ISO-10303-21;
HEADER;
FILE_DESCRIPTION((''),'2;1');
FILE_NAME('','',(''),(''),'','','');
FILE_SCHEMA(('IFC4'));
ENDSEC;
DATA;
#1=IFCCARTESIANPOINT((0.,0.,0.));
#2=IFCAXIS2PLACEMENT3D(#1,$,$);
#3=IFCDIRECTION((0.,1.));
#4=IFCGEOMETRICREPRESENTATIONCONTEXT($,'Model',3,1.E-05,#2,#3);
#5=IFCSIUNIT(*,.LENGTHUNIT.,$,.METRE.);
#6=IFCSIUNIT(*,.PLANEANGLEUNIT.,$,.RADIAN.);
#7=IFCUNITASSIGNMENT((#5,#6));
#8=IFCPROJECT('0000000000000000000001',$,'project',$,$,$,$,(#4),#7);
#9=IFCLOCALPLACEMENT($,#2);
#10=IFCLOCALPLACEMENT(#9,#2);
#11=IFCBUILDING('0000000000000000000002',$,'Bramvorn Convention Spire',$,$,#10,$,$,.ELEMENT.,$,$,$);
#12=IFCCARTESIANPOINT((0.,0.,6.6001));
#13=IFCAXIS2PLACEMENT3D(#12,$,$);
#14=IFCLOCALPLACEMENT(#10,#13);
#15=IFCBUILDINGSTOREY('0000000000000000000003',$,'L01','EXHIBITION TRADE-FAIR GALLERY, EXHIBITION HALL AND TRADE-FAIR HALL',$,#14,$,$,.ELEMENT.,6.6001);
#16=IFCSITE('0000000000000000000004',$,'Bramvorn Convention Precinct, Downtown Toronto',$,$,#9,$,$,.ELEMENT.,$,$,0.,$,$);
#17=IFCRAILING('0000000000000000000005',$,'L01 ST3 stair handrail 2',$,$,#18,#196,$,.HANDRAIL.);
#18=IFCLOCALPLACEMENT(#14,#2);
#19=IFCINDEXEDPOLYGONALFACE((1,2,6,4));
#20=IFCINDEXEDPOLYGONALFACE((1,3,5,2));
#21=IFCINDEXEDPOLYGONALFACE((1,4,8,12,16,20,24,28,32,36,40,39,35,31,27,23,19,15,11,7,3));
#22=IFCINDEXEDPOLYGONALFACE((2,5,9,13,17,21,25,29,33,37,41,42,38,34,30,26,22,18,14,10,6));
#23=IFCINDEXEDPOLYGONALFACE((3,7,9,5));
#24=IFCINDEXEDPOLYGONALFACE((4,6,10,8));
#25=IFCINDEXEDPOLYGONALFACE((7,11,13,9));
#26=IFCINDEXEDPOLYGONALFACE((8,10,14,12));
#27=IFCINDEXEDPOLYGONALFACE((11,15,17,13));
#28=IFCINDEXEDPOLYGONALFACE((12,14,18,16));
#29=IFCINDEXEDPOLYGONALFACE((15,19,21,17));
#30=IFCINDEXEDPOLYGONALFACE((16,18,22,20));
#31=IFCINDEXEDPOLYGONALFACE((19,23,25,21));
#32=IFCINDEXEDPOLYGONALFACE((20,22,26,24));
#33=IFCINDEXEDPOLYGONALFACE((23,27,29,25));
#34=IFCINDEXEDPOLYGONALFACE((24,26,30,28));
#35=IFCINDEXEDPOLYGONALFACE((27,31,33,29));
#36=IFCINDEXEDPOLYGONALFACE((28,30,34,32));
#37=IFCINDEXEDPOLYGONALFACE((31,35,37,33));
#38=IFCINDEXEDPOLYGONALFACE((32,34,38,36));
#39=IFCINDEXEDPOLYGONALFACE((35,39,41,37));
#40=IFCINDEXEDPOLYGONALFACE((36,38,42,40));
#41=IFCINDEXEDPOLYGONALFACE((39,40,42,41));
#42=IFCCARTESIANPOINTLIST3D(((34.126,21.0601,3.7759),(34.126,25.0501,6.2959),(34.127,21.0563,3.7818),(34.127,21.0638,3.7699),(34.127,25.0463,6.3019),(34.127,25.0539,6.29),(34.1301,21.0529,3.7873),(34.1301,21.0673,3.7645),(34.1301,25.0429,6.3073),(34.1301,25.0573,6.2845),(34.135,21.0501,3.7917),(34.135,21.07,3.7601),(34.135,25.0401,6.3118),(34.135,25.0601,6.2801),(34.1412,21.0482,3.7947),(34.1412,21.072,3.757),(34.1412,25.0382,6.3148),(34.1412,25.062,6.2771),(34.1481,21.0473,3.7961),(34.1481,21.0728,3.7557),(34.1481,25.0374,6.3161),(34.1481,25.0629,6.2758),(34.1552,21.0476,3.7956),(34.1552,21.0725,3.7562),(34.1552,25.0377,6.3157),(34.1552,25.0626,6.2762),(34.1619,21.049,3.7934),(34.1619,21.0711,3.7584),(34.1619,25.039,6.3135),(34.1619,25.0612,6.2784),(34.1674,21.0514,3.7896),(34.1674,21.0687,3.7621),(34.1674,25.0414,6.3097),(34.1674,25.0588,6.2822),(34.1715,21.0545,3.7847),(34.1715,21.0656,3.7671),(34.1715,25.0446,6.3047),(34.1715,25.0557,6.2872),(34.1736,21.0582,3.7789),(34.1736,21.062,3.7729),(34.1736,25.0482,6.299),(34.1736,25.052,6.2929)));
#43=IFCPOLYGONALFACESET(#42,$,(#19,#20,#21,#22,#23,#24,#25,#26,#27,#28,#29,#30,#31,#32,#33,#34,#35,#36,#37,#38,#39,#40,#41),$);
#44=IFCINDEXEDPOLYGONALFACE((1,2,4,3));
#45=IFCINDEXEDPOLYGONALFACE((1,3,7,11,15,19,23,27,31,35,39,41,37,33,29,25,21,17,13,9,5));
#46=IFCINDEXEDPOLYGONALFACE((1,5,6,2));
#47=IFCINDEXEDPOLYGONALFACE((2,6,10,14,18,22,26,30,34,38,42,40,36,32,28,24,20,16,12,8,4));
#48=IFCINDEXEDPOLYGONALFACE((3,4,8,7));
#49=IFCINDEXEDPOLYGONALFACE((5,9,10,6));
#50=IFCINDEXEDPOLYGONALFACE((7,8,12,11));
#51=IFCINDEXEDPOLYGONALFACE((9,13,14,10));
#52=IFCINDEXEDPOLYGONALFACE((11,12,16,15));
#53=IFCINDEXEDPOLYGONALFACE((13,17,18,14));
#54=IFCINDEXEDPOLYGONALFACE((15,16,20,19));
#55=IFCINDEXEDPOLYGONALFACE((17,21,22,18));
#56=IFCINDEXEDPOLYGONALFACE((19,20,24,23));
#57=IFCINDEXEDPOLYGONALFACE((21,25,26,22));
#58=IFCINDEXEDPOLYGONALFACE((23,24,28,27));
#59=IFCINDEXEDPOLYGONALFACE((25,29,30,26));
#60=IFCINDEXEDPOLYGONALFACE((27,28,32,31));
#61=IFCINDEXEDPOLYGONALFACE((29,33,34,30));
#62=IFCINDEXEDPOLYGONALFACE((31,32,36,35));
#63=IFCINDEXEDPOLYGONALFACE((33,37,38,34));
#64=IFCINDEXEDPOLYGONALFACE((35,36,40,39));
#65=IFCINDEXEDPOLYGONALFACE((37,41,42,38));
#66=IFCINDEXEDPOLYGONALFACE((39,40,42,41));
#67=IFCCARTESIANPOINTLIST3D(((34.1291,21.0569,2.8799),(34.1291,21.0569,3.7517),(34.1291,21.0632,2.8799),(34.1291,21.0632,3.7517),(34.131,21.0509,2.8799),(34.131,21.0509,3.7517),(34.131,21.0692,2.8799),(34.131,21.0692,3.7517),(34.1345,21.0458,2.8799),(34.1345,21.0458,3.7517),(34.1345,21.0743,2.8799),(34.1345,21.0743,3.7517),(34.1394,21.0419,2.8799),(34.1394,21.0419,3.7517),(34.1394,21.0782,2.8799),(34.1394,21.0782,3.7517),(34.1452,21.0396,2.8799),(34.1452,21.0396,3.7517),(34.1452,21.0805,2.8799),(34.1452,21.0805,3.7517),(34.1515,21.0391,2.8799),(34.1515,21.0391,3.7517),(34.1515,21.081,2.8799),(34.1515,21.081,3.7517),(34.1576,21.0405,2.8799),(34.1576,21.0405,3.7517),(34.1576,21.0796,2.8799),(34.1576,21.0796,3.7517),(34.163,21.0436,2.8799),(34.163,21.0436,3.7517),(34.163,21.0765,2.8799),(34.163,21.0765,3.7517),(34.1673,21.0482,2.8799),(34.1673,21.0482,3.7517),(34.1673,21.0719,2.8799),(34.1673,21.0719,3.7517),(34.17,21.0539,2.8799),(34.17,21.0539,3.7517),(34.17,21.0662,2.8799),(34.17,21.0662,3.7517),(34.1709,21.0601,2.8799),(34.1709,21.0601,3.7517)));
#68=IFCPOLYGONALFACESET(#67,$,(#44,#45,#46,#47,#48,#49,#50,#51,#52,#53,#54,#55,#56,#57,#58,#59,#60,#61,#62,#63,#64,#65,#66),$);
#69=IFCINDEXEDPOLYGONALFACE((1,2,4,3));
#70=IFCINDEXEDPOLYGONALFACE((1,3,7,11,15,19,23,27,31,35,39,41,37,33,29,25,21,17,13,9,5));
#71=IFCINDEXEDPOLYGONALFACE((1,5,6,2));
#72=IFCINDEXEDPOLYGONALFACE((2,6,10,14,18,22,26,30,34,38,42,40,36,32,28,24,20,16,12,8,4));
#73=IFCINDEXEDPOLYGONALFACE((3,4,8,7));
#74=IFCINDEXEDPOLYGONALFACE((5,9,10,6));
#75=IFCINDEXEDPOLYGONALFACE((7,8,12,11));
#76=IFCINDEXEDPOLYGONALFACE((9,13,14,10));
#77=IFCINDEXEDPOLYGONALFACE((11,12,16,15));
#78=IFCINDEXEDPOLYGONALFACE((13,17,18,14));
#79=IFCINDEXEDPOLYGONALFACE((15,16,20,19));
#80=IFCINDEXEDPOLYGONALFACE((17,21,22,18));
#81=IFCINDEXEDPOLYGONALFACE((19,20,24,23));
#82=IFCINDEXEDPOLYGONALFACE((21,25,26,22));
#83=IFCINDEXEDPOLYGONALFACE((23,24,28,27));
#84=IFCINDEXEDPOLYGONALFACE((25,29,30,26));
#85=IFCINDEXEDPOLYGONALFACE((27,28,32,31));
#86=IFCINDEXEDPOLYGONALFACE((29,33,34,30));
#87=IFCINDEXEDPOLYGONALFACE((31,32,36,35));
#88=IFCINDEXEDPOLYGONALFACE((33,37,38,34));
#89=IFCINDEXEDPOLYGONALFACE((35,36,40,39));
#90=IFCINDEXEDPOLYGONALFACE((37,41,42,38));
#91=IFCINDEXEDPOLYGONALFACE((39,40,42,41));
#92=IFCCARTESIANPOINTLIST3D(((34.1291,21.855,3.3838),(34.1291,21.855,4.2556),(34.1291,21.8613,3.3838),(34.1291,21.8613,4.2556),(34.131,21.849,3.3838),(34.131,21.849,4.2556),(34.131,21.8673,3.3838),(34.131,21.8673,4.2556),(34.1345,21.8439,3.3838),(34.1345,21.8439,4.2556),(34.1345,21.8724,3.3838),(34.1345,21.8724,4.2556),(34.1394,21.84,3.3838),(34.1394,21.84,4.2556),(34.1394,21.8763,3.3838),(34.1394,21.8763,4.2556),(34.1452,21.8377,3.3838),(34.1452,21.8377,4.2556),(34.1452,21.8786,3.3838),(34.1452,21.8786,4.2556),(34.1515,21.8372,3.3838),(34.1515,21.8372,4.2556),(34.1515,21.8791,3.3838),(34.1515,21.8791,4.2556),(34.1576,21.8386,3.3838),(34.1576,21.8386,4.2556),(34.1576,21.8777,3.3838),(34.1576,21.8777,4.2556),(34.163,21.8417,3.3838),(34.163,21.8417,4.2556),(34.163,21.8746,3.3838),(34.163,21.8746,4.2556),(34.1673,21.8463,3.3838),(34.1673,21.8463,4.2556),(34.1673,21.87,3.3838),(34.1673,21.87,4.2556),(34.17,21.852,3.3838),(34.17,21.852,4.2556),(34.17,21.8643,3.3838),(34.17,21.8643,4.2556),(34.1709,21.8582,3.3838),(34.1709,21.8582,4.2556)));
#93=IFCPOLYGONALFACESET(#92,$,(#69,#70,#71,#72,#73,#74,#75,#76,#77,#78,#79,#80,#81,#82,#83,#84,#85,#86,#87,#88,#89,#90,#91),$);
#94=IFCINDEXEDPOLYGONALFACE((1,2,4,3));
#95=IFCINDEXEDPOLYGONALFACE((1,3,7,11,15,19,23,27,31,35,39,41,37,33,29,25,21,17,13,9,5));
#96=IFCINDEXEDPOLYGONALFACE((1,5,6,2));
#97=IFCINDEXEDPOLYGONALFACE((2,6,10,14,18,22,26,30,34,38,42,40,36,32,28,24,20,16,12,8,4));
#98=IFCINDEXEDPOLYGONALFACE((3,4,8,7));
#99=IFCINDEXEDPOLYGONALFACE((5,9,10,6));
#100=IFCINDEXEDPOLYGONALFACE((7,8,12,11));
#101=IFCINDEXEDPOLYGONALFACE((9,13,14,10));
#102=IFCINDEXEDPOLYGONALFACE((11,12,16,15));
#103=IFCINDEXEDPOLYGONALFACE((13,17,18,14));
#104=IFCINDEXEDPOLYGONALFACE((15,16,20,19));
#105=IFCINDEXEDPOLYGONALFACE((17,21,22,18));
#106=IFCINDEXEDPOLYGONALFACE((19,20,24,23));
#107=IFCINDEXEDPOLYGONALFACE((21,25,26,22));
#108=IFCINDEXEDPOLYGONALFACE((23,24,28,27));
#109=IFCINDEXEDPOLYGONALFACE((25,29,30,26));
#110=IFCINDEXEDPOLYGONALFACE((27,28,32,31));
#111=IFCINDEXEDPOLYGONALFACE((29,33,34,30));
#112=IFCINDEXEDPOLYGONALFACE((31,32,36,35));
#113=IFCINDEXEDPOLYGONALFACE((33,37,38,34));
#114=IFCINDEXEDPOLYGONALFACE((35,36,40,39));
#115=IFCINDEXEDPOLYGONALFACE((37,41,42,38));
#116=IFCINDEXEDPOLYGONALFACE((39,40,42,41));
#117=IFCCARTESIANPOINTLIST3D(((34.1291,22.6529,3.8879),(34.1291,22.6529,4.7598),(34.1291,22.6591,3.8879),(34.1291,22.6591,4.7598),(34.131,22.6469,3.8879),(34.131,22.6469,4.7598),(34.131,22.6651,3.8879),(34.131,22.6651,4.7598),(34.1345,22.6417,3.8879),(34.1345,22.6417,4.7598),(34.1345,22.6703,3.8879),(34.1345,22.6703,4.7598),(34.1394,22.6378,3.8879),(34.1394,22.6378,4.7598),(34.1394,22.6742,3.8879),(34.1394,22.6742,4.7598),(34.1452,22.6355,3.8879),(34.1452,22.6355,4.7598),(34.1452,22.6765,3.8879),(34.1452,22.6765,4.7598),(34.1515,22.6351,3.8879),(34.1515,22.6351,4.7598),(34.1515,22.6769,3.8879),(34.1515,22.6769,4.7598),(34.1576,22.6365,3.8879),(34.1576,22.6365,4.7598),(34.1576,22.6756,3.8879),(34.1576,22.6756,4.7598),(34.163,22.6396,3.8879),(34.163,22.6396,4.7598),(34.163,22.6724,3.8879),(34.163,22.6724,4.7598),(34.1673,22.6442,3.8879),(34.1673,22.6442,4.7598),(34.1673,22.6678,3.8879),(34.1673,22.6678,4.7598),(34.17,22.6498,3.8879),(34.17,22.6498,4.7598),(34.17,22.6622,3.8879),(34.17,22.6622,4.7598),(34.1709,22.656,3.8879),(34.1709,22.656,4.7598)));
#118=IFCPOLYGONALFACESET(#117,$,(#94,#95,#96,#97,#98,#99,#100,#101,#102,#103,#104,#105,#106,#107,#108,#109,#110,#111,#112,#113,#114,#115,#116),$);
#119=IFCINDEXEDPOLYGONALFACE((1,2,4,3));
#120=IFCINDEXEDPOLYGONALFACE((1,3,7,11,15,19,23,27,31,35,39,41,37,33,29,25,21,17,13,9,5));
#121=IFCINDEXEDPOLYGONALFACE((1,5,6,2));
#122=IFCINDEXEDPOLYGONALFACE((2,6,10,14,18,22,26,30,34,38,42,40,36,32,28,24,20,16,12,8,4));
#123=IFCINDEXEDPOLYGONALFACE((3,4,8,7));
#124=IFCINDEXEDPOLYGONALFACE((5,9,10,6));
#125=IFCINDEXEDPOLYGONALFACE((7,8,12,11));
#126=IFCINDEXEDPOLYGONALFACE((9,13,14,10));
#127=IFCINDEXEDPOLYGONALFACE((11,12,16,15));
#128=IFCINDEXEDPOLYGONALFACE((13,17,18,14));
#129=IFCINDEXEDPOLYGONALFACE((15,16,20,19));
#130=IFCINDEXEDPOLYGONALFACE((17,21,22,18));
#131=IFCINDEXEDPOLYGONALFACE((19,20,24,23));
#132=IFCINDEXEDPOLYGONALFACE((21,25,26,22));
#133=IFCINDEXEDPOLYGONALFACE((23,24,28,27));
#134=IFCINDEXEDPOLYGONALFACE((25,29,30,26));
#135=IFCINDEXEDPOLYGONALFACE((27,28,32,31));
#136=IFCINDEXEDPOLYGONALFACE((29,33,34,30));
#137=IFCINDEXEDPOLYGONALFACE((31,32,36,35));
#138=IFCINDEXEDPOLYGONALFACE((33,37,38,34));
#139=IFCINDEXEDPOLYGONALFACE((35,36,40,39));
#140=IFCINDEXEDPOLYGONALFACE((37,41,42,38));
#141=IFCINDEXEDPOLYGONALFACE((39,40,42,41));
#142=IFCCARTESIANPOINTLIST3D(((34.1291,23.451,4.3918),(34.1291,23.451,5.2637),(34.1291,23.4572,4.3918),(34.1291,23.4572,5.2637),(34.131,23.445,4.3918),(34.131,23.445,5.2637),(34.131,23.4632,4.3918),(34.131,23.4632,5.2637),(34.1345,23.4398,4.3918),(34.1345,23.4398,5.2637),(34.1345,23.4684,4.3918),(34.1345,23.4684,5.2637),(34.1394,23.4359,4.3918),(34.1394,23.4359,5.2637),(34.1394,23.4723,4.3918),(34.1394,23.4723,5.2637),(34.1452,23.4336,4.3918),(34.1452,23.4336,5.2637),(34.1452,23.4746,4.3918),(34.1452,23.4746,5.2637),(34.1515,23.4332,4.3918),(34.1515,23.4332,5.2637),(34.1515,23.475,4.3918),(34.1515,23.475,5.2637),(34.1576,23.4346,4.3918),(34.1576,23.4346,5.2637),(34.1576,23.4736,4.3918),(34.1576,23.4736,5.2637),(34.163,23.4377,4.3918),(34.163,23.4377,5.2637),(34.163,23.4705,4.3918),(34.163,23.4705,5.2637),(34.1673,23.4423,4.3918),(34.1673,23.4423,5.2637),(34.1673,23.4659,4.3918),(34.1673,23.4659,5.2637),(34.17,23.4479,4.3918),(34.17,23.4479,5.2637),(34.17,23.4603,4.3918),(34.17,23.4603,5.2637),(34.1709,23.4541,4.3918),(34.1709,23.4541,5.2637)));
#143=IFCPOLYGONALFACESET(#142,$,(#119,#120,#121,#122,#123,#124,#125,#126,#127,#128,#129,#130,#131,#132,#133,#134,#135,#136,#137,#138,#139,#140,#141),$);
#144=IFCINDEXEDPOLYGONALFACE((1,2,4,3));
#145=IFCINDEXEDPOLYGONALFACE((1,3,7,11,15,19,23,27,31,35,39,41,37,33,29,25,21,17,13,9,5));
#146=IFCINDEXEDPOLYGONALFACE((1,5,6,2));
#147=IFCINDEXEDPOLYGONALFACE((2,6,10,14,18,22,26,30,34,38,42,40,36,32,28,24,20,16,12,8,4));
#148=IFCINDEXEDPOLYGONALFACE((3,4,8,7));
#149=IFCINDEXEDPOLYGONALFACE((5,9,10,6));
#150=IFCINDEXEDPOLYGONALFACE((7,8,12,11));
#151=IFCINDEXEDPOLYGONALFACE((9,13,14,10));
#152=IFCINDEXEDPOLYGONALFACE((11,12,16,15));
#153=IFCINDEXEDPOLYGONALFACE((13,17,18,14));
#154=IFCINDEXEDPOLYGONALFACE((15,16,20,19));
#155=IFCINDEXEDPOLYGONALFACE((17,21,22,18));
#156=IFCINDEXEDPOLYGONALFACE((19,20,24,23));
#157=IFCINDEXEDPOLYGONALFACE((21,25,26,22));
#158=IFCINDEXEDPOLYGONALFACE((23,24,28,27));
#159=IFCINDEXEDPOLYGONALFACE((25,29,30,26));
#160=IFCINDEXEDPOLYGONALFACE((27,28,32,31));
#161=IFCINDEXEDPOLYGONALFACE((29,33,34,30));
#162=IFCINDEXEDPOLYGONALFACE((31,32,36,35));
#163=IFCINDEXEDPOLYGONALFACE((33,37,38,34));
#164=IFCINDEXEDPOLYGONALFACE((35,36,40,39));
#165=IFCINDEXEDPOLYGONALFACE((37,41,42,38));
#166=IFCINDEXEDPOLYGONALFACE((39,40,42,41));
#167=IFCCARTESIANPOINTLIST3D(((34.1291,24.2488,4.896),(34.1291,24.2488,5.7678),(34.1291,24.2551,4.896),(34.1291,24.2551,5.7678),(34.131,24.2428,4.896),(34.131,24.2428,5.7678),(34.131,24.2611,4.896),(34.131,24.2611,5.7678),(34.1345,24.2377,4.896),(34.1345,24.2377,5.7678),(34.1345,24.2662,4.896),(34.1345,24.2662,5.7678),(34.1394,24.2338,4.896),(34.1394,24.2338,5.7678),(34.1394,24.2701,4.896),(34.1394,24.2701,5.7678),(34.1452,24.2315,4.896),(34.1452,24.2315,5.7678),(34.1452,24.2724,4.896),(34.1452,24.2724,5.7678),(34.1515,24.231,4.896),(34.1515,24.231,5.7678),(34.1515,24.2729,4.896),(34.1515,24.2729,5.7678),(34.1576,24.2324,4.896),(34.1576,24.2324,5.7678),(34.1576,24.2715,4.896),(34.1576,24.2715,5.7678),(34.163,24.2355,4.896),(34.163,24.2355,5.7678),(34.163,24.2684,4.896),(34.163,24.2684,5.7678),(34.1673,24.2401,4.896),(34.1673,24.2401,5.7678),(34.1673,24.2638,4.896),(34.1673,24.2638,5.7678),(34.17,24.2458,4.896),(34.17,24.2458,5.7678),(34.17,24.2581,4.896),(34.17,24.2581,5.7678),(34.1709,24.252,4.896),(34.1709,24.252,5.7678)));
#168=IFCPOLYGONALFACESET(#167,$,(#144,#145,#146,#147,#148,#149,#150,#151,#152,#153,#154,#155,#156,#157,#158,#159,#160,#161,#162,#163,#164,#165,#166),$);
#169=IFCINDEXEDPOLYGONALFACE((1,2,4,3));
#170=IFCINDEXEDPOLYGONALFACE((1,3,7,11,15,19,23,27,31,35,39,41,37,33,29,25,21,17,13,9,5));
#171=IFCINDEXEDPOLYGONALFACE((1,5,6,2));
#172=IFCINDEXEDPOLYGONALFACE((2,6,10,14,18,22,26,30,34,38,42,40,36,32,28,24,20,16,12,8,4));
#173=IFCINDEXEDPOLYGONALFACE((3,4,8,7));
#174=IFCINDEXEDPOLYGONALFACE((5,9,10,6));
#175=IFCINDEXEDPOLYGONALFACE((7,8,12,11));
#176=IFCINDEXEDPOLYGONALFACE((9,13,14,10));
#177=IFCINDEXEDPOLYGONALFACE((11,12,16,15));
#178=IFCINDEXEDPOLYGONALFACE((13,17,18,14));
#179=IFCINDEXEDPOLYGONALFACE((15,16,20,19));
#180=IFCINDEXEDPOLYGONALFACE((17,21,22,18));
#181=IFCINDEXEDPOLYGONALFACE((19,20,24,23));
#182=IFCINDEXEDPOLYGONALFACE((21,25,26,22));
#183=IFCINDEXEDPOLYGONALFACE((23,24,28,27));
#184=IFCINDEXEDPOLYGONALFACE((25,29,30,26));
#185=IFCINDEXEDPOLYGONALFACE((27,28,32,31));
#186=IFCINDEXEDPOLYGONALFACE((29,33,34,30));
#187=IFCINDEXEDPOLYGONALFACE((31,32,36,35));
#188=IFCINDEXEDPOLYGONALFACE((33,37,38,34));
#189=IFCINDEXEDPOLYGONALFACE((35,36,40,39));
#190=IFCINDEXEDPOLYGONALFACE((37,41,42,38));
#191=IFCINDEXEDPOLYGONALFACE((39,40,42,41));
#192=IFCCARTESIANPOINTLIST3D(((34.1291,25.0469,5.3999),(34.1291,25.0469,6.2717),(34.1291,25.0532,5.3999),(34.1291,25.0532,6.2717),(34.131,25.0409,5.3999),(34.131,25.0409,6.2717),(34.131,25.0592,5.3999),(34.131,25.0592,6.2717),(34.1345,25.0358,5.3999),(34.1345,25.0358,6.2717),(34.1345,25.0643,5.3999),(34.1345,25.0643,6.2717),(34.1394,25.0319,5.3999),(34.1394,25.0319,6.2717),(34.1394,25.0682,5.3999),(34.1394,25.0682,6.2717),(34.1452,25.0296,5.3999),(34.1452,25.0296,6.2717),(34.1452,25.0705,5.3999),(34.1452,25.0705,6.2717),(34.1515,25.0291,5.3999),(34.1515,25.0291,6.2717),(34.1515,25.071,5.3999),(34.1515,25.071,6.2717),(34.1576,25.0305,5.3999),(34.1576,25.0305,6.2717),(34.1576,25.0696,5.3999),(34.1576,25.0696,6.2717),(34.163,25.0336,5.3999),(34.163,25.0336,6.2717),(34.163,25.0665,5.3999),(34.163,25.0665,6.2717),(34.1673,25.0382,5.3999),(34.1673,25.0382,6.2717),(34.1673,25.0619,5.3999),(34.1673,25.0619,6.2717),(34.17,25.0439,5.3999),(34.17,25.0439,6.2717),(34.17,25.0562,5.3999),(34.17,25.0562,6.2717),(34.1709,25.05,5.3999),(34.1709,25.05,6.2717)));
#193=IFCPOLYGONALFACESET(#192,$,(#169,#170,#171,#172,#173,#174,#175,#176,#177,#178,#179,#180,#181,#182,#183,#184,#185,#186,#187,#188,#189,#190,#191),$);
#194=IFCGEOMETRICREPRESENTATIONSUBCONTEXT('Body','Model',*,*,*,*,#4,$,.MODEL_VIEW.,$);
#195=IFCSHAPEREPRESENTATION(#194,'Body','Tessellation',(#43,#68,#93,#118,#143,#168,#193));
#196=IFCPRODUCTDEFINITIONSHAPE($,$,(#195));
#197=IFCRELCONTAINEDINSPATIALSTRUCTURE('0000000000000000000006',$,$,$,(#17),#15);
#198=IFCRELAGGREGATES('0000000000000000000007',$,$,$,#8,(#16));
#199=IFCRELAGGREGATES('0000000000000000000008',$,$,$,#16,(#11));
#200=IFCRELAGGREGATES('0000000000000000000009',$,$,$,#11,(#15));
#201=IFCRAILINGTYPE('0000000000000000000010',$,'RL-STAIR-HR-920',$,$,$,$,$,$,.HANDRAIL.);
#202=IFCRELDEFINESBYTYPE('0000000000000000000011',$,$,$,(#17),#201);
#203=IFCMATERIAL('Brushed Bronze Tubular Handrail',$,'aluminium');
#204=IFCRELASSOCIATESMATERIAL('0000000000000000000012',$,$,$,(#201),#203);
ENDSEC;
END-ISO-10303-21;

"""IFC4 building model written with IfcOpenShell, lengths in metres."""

from ifc_helpers import new_model, si_unit, direction, frame, origin, origin_2d, place, context, subcontext, project, spatial, circle, extrude, material, type_object, element, save


model = new_model("IFC4")

# Units and contexts
model_context = context("Model", 3, precision=1e-05, world=origin(), true_north=direction((0.0, 1.0)))
body_context = subcontext(model_context, "Body", "Model", "MODEL_VIEW")
ifc_project = project(units=[si_unit("LENGTHUNIT", "METRE"), si_unit("PLANEANGLEUNIT", "RADIAN")], contexts=[model_context])

# Site, building, storey
site_placement = place(None, origin())
site = spatial("IfcSite", under=ifc_project, at=site_placement, Name="Bramvorn Convention Precinct, Downtown Toronto", CompositionType="ELEMENT", RefElevation=0.0)
building_placement = place(site_placement, origin())
building = spatial("IfcBuilding", under=site, at=building_placement, Name="Bramvorn Convention Spire", CompositionType="ELEMENT")
storey_placement = place(building_placement, frame((0.0, 0.0, 6.6001)))
storey = spatial("IfcBuildingStorey", under=building, at=storey_placement, Name="L01", Description="EXHIBITION TRADE-FAIR GALLERY, EXHIBITION HALL AND TRADE-FAIR HALL", CompositionType="ELEMENT", Elevation=6.6001)

# Railing
ifc_material_1 = material(Name="Brushed Bronze Tubular Handrail", Category="aluminium")
railing_type_1 = type_object("IfcRailingType", Name="RL-STAIR-HR-920", PredefinedType="HANDRAIL", material=ifc_material_1)
for number, where, name in (
    (1, (34.1499, 21.0601, 2.8799), "L01 ST3 stair handrail 2"),
):
    element("IfcRailing", number, at=place(storey_placement, frame(where)), inside=storey, type_object=railing_type_1, Name=name, PredefinedType="HANDRAIL", context=body_context, shape_type="SweptSolid", body=[
        extrude(circle(Radius=0.0239, at=origin_2d()), frame((0.0, 0.0, 0.896), z_axis=(0.0, 0.845486, 0.533997), x_axis=(-1.0, 0.0, 0.0)), (0.0, 0.0, 1.0), 4.7192),
        extrude(circle(Radius=0.021, at=origin_2d()), origin(), (0.0, 0.0, 1.0), 0.8718),
        extrude(circle(Radius=0.021, at=origin_2d()), frame((0.0, 0.7981, 0.5039)), (0.0, 0.0, 1.0), 0.8718),
        extrude(circle(Radius=0.021, at=origin_2d()), frame((0.0, 1.5959, 1.0081)), (0.0, 0.0, 1.0), 0.8718),
        extrude(circle(Radius=0.021, at=origin_2d()), frame((0.0, 2.394, 1.512)), (0.0, 0.0, 1.0), 0.8718),
        extrude(circle(Radius=0.021, at=origin_2d()), frame((0.0, 3.1919, 2.0161)), (0.0, 0.0, 1.0), 0.8718),
        extrude(circle(Radius=0.021, at=origin_2d()), frame((0.0, 3.99, 2.52)), (0.0, 0.0, 1.0), 0.8718),
    ])

save(model, "model.ifc")
